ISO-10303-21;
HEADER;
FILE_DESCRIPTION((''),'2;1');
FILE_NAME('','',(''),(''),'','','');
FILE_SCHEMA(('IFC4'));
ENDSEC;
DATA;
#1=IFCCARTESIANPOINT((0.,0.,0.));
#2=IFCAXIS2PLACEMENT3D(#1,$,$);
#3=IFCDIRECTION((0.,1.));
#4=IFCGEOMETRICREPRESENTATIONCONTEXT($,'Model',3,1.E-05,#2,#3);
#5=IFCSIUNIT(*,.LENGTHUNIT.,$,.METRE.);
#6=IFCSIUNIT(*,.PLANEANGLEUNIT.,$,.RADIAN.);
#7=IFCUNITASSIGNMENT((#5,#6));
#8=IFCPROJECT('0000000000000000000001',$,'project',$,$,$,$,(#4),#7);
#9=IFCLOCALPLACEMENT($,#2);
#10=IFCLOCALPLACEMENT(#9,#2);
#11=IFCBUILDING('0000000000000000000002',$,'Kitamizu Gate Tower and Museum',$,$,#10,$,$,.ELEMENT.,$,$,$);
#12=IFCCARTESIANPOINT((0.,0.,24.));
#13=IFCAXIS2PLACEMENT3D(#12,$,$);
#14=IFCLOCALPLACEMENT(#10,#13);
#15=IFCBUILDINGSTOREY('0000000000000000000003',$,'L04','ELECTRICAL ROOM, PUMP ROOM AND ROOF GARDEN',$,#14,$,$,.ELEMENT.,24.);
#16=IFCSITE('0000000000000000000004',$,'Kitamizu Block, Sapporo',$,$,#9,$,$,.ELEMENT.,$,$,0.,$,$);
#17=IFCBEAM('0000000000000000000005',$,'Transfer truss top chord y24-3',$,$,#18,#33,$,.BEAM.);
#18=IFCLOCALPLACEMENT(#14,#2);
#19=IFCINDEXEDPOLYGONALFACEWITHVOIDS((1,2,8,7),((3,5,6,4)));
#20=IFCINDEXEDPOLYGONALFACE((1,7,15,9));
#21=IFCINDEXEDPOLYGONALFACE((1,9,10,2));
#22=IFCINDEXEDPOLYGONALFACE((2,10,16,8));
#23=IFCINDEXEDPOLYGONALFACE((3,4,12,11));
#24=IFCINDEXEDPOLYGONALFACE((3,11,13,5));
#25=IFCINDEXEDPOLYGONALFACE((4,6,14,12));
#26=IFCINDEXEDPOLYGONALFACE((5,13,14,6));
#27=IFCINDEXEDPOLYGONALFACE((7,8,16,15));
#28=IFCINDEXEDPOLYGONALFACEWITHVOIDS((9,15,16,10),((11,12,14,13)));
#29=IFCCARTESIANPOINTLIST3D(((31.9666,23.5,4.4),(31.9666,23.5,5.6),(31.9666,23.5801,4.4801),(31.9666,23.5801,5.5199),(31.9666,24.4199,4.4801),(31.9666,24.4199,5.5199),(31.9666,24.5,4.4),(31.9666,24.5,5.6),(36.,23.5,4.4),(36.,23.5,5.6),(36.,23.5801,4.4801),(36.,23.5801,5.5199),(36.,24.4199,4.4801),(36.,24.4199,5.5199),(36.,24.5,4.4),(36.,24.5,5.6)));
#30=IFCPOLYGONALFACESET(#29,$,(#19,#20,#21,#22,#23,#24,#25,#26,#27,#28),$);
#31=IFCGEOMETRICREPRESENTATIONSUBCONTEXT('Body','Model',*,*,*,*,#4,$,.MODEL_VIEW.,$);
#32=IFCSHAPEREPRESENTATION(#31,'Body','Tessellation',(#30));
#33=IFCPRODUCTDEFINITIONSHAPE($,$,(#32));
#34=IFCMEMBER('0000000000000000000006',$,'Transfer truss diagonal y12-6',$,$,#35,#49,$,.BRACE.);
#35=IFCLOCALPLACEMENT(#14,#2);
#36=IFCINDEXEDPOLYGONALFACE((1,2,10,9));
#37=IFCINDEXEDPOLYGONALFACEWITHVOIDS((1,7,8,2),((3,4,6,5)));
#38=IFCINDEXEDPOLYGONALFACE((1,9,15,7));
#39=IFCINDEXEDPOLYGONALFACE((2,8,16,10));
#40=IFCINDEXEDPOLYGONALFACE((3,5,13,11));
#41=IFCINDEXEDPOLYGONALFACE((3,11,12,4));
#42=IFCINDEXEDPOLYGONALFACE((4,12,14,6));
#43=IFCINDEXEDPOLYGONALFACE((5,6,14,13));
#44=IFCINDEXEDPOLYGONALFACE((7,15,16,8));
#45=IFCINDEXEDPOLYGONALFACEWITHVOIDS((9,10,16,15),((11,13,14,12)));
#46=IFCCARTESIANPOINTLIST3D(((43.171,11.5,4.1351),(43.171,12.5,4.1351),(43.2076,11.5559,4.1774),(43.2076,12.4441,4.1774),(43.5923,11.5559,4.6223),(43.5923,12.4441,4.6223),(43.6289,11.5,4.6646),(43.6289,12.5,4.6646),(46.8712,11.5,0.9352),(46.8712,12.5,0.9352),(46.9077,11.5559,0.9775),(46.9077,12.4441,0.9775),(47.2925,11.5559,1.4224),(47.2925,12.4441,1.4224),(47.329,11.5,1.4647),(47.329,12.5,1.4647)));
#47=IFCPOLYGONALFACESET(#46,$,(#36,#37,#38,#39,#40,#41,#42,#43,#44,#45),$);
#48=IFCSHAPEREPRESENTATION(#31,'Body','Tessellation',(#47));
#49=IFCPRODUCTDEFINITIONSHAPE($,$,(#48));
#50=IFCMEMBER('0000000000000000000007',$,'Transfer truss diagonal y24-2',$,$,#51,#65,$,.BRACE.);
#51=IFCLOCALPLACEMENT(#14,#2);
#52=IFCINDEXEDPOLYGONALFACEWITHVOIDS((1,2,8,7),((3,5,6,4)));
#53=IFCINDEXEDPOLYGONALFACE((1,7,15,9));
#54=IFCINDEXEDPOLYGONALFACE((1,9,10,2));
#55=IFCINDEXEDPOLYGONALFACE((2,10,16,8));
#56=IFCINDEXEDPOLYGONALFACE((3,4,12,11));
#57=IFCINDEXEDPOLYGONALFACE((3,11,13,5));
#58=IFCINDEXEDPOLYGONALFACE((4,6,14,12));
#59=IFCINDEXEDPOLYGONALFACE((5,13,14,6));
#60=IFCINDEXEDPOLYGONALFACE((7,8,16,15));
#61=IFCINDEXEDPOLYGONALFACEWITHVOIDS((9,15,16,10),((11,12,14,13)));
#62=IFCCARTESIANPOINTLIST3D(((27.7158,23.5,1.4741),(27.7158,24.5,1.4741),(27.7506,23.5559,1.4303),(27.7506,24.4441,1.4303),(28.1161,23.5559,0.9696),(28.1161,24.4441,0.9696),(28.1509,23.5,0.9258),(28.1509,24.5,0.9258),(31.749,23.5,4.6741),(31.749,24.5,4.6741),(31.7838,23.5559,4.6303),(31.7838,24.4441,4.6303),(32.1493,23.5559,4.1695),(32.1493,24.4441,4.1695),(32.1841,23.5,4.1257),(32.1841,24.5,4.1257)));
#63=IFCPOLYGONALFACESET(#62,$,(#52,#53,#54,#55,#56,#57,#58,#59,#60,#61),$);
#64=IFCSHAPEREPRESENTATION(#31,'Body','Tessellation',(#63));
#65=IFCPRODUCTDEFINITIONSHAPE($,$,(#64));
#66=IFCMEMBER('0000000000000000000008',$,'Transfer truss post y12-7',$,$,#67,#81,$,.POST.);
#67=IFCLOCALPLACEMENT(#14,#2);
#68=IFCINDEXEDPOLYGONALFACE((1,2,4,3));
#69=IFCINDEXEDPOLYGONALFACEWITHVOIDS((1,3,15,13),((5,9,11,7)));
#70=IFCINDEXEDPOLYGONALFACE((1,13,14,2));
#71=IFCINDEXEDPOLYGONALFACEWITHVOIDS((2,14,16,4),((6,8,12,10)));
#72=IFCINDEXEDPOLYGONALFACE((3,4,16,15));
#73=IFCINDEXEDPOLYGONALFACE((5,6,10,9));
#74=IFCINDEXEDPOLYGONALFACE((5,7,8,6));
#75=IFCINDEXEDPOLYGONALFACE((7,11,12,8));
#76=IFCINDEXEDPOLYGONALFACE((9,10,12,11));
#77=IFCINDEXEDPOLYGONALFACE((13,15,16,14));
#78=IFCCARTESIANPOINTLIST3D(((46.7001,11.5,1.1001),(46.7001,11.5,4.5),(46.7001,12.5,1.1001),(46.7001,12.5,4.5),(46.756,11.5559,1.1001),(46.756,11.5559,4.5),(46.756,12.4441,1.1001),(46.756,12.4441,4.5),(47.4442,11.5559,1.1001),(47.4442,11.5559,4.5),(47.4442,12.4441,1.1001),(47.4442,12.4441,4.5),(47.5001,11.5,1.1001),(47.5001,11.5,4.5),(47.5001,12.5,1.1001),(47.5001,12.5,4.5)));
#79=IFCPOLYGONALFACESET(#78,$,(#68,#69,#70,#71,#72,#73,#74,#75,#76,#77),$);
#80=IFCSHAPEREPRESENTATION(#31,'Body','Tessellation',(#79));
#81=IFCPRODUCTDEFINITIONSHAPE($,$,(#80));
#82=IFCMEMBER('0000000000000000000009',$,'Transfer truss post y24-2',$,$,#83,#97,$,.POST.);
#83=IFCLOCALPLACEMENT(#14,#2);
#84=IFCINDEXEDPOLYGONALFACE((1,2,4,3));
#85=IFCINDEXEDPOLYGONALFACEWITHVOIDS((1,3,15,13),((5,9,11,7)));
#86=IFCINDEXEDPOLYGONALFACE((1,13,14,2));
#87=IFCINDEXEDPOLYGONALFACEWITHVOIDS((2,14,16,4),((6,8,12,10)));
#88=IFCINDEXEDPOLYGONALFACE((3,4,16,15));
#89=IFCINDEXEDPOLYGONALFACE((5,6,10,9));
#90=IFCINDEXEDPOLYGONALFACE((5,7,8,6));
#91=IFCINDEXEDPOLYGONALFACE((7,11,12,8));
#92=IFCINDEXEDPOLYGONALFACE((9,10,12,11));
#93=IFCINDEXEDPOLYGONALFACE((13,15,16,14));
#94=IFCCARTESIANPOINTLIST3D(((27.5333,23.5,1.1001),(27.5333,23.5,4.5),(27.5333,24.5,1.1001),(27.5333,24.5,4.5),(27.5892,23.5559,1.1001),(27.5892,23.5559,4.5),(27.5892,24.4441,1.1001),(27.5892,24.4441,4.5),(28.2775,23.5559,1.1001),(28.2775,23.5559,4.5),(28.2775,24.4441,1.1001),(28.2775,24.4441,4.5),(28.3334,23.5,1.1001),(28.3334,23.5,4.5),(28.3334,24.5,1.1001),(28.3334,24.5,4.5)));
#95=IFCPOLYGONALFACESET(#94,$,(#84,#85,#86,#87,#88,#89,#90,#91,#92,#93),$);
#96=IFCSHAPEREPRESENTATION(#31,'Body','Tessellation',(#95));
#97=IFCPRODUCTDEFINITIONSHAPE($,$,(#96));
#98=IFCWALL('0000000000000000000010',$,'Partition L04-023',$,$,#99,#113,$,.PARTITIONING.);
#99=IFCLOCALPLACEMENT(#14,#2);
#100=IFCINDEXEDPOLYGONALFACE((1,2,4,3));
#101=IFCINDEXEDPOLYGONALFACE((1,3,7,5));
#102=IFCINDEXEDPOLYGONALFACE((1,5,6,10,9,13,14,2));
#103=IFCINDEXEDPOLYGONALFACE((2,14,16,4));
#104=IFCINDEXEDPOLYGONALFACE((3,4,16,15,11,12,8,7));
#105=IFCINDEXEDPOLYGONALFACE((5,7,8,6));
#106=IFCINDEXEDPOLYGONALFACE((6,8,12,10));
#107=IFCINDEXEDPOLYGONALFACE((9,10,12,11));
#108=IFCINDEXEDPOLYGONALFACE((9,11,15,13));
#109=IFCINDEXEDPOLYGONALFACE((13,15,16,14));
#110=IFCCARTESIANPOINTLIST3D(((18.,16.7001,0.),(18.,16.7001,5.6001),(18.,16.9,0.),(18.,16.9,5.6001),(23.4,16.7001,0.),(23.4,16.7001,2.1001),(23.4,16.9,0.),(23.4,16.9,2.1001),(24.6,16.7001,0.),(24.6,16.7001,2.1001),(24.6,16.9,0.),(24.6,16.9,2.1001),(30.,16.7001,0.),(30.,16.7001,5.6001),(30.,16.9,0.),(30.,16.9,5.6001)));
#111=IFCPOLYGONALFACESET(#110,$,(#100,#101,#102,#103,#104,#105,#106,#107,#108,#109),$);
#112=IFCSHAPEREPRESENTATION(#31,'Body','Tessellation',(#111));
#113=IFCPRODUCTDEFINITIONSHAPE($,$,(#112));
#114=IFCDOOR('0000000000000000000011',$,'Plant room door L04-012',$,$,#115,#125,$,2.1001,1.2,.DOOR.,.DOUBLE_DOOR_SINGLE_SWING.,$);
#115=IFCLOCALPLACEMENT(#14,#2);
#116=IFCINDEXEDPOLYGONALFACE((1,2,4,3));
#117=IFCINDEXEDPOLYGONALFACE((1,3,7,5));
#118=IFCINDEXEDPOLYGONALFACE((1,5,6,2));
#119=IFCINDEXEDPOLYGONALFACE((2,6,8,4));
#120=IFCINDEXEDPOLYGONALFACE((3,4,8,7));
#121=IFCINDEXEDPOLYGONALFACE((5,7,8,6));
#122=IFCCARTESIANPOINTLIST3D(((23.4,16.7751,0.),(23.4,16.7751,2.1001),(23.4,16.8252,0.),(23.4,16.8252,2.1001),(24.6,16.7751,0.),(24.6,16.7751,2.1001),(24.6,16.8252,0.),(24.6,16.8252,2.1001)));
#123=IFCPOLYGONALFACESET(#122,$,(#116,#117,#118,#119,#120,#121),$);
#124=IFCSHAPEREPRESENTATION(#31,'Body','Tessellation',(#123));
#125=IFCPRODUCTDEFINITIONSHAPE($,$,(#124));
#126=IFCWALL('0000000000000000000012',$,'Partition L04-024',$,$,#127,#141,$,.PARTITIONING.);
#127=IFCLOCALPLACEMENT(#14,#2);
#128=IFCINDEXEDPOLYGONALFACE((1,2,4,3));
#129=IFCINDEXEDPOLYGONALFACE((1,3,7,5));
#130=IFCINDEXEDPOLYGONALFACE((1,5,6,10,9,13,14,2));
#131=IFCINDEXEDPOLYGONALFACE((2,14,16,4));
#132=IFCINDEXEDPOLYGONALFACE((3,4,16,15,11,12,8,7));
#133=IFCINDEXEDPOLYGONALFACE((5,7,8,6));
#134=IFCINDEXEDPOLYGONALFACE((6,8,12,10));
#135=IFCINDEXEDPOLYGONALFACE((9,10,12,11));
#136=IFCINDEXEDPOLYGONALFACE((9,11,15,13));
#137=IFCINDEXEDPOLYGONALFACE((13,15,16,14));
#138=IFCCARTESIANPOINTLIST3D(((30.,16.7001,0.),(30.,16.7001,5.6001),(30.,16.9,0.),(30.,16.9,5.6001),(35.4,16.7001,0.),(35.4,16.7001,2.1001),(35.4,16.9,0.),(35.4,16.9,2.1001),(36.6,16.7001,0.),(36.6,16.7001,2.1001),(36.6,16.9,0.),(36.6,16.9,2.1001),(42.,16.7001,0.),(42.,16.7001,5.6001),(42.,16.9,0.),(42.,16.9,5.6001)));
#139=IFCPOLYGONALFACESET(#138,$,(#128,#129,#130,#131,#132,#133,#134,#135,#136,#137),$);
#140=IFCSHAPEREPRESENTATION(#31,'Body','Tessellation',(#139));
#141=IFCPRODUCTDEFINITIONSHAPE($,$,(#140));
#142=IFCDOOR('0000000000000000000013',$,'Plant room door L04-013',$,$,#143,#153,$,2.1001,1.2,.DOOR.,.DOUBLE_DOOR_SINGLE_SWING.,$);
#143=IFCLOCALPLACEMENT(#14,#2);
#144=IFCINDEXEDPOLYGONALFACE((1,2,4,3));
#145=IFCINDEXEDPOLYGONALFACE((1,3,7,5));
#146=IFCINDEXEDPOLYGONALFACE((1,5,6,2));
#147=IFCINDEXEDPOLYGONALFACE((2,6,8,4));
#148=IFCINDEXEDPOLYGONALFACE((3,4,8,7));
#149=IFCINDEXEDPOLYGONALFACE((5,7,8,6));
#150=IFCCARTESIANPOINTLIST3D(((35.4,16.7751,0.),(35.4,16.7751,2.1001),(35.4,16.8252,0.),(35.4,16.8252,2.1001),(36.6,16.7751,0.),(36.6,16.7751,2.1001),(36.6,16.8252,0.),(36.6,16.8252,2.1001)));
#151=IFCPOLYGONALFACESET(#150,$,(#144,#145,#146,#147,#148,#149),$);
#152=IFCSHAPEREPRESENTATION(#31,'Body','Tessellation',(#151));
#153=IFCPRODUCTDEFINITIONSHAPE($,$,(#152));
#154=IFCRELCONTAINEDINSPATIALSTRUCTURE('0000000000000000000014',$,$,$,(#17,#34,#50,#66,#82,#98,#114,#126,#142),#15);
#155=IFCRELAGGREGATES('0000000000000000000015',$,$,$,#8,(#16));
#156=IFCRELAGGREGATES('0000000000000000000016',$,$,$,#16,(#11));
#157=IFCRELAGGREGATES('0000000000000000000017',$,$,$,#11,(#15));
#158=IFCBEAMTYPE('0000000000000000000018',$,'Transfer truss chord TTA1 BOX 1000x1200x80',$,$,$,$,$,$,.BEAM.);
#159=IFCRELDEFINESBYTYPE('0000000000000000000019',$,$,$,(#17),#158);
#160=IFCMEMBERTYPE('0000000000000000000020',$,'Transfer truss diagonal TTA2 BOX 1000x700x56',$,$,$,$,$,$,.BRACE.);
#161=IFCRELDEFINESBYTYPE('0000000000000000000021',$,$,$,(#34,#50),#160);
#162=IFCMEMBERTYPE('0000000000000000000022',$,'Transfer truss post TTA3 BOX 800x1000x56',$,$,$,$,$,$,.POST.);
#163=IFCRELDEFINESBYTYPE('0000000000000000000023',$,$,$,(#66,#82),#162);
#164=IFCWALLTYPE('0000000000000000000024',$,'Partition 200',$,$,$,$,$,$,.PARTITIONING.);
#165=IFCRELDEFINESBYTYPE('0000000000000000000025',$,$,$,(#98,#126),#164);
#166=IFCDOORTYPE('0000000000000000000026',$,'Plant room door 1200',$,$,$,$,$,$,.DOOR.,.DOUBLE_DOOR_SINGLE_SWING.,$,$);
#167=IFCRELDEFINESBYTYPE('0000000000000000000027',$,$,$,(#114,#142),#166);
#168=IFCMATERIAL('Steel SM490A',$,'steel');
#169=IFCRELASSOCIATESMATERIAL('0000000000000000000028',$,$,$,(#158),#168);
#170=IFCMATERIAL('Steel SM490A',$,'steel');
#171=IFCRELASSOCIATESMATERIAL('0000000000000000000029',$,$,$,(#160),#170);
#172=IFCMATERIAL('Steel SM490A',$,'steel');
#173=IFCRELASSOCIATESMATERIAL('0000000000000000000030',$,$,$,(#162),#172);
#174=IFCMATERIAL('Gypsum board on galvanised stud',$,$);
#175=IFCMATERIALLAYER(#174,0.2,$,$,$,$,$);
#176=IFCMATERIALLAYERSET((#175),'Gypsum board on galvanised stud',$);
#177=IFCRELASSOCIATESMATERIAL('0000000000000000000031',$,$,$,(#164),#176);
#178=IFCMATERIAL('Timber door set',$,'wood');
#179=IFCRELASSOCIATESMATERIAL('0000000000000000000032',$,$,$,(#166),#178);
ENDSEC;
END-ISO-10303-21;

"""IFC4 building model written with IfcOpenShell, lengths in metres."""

from ifc_helpers import new_model, si_unit, direction, frame, frame_2d, origin, origin_2d, place, context, subcontext, project, spatial, rectangle, hollow_rectangle, extrude, material, layer, layer_set, material_profile, profile_set, type_object, element, fill, save


model = new_model("IFC4")

# Units and contexts
model_context = context("Model", 3, precision=1e-05, world=origin(), true_north=direction((0.0, 1.0)))
body_context = subcontext(model_context, "Body", "Model", "MODEL_VIEW")
ifc_project = project(units=[si_unit("LENGTHUNIT", "METRE"), si_unit("PLANEANGLEUNIT", "RADIAN")], contexts=[model_context])

# Site, building, storey
site_placement = place(None, origin())
site = spatial("IfcSite", under=ifc_project, at=site_placement, Name="Kitamizu Block, Sapporo", CompositionType="ELEMENT", RefElevation=0.0)
building_placement = place(site_placement, origin())
building = spatial("IfcBuilding", under=site, at=building_placement, Name="Kitamizu Gate Tower and Museum", CompositionType="ELEMENT")
storey_placement = place(building_placement, frame((0.0, 0.0, 24.0)))
storey = spatial("IfcBuildingStorey", under=building, at=storey_placement, Name="L04", Description="ELECTRICAL ROOM, PUMP ROOM AND ROOF GARDEN", CompositionType="ELEMENT", Elevation=24.0)

# Beam
ifc_material_1 = material(Name="Steel SM490A", Category="steel")
ifc_material_profile_1 = material_profile(ifc_material_1, hollow_rectangle(XDim=1.0, YDim=1.2, WallThickness=0.0801, at=origin_2d()), Name="BOX 1000x1200x80")
ifc_profile_set_1 = profile_set([ifc_material_profile_1], Name="Steel SM490A")
beam_type = type_object("IfcBeamType", Name="Transfer truss chord TTA1 BOX 1000x1200x80", PredefinedType="BEAM", material=ifc_profile_set_1)
beam_placement = place(storey_placement, frame((31.9666, 24.0, 5.0), z_axis=(1.0, 0.0, 0.0), x_axis=(0.0, 1.0, 0.0)))
element("IfcBeam", 1, at=beam_placement, inside=storey, type_object=beam_type, Name="Transfer truss top chord y24-3", PredefinedType="BEAM", context=body_context, shape_type="SweptSolid", body=[
    extrude(hollow_rectangle(XDim=1.0, YDim=1.2, WallThickness=0.0801, at=origin_2d()), origin(), (0.0, 0.0, 1.0), 4.0334),
])

# Members
ifc_material_2 = material(Name="Steel SM490A", Category="steel")
ifc_material_profile_2 = material_profile(ifc_material_2, hollow_rectangle(XDim=1.0, YDim=0.7, WallThickness=0.0559, at=origin_2d()), Name="BOX 1000x700x56")
ifc_profile_set_2 = profile_set([ifc_material_profile_2], Name="Steel SM490A")
member_type_1 = type_object("IfcMemberType", Name="Transfer truss diagonal TTA2 BOX 1000x700x56", PredefinedType="BRACE", material=ifc_profile_set_2)
member_1_placement = place(storey_placement, frame((47.1001, 12.0, 1.2), z_axis=(-0.756385, 0.0, 0.654126), x_axis=(0.0, -1.0, 0.0)))
element("IfcMember", 2, at=member_1_placement, inside=storey, type_object=member_type_1, Name="Transfer truss diagonal y12-6", PredefinedType="BRACE", context=body_context, shape_type="SweptSolid", body=[
    extrude(hollow_rectangle(XDim=1.0, YDim=0.7, WallThickness=0.0559, at=origin_2d()), origin(), (0.0, 0.0, 1.0), 4.8918),
])
member_2_placement = place(storey_placement, frame((27.9333, 24.0, 1.2), z_axis=(0.783384, 0.0, 0.621538), x_axis=(0.0, 1.0, 0.0)))
element("IfcMember", 3, at=member_2_placement, inside=storey, type_object=member_type_1, Name="Transfer truss diagonal y24-2", PredefinedType="BRACE", context=body_context, shape_type="SweptSolid", body=[
    extrude(hollow_rectangle(XDim=1.0, YDim=0.7, WallThickness=0.0559, at=origin_2d()), origin(), (0.0, 0.0, 1.0), 5.1484),
])
ifc_material_3 = material(Name="Steel SM490A", Category="steel")
ifc_material_profile_3 = material_profile(ifc_material_3, hollow_rectangle(XDim=0.8, YDim=1.0, WallThickness=0.0559, at=origin_2d()), Name="BOX 800x1000x56")
ifc_profile_set_3 = profile_set([ifc_material_profile_3], Name="Steel SM490A")
member_type_2 = type_object("IfcMemberType", Name="Transfer truss post TTA3 BOX 800x1000x56", PredefinedType="POST", material=ifc_profile_set_3)
for number, where, z_axis, x_axis, name in (
    (4, (47.1001, 12.0, 1.1001), (0.0, 0.0, 1.0), (1.0, 0.0, 0.0), "Transfer truss post y12-7"),
    (5, (27.9333, 24.0, 1.1001), (0.0, 0.0, 1.0), (1.0, 0.0, 0.0), "Transfer truss post y24-2"),
):
    element("IfcMember", number, at=place(storey_placement, frame(where, z_axis=z_axis, x_axis=x_axis)), inside=storey, type_object=member_type_2, Name=name, PredefinedType="POST", context=body_context, shape_type="SweptSolid", body=[
        extrude(hollow_rectangle(XDim=0.8, YDim=1.0, WallThickness=0.0559, at=origin_2d()), origin(), (0.0, 0.0, 1.0), 3.3999),
    ])

# Walls, openings, doors
ifc_material_4 = material(Name="Gypsum board on galvanised stud")
ifc_layer = layer(ifc_material_4, 0.2)
ifc_layer_set = layer_set([ifc_layer], Name="Gypsum board on galvanised stud")
wall_type = type_object("IfcWallType", Name="Partition 200", PredefinedType="PARTITIONING", material=ifc_layer_set)
wall_1_placement = place(storey_placement, frame((30.0, 16.8, 0.0), z_axis=(0.0, 0.0, 1.0), x_axis=(-1.0, 0.0, 0.0)))
wall_1 = element("IfcWall", 6, at=wall_1_placement, inside=storey, type_object=wall_type, Name="Partition L04-023", PredefinedType="PARTITIONING", context=body_context, shape_type="SweptSolid", body=[
    extrude(rectangle(XDim=12.0, YDim=0.2, at=frame_2d((6.0, 0.0))), origin(), (0.0, 0.0, 1.0), 5.6001),
])
opening_1_placement = place(wall_1_placement, frame((5.3999, 0.0, 0.0)))
opening_1 = element("IfcOpeningElement", 7, at=opening_1_placement, cuts=wall_1, PredefinedType="OPENING", context=body_context, shape_type="SweptSolid", body=[
    extrude(rectangle(XDim=1.2, YDim=2.1001, at=frame_2d((0.6001, 1.05))), frame((0.0, 0.1099, 0.0), z_axis=(0.0, -1.0, 0.0), x_axis=(1.0, 0.0, 0.0)), (0.0, 0.0, 1.0), 0.22),
])
ifc_material_5 = material(Name="Timber door set", Category="wood")
door_type = type_object("IfcDoorType", Name="Plant room door 1200", OperationType="DOUBLE_DOOR_SINGLE_SWING", PredefinedType="DOOR", material=ifc_material_5)
door_1_placement = place(opening_1_placement, origin())
door_1 = element("IfcDoor", 8, at=door_1_placement, inside=storey, type_object=door_type, Name="Plant room door L04-012", OperationType="DOUBLE_DOOR_SINGLE_SWING", OverallHeight=2.1001, OverallWidth=1.2, PredefinedType="DOOR", context=body_context, shape_type="SweptSolid", body=[
    extrude(rectangle(XDim=1.2, YDim=2.1001, at=frame_2d((0.6001, 1.05))), frame((0.0, 0.0249, 0.0), z_axis=(0.0, -1.0, 0.0), x_axis=(1.0, 0.0, 0.0)), (0.0, 0.0, 1.0), 0.05),
])
fill(opening_1, door_1)
wall_2_placement = place(storey_placement, frame((42.0, 16.8, 0.0), z_axis=(0.0, 0.0, 1.0), x_axis=(-1.0, 0.0, 0.0)))
wall_2 = element("IfcWall", 9, at=wall_2_placement, inside=storey, type_object=wall_type, Name="Partition L04-024", PredefinedType="PARTITIONING", context=body_context, shape_type="SweptSolid", body=[
    extrude(rectangle(XDim=12.0, YDim=0.2, at=frame_2d((6.0, 0.0))), origin(), (0.0, 0.0, 1.0), 5.6001),
])
opening_2_placement = place(wall_2_placement, frame((5.3999, 0.0, 0.0)))
opening_2 = element("IfcOpeningElement", 10, at=opening_2_placement, cuts=wall_2, PredefinedType="OPENING", context=body_context, shape_type="SweptSolid", body=[
    extrude(rectangle(XDim=1.2, YDim=2.1001, at=frame_2d((0.6001, 1.05))), frame((0.0, 0.1099, 0.0), z_axis=(0.0, -1.0, 0.0), x_axis=(1.0, 0.0, 0.0)), (0.0, 0.0, 1.0), 0.22),
])
door_2_placement = place(opening_2_placement, origin())
door_2 = element("IfcDoor", 11, at=door_2_placement, inside=storey, type_object=door_type, Name="Plant room door L04-013", OperationType="DOUBLE_DOOR_SINGLE_SWING", OverallHeight=2.1001, OverallWidth=1.2, PredefinedType="DOOR", context=body_context, shape_type="SweptSolid", body=[
    extrude(rectangle(XDim=1.2, YDim=2.1001, at=frame_2d((0.6001, 1.05))), frame((0.0, 0.0249, 0.0), z_axis=(0.0, -1.0, 0.0), x_axis=(1.0, 0.0, 0.0)), (0.0, 0.0, 1.0), 0.05),
])
fill(opening_2, door_2)

save(model, "model.ifc")
